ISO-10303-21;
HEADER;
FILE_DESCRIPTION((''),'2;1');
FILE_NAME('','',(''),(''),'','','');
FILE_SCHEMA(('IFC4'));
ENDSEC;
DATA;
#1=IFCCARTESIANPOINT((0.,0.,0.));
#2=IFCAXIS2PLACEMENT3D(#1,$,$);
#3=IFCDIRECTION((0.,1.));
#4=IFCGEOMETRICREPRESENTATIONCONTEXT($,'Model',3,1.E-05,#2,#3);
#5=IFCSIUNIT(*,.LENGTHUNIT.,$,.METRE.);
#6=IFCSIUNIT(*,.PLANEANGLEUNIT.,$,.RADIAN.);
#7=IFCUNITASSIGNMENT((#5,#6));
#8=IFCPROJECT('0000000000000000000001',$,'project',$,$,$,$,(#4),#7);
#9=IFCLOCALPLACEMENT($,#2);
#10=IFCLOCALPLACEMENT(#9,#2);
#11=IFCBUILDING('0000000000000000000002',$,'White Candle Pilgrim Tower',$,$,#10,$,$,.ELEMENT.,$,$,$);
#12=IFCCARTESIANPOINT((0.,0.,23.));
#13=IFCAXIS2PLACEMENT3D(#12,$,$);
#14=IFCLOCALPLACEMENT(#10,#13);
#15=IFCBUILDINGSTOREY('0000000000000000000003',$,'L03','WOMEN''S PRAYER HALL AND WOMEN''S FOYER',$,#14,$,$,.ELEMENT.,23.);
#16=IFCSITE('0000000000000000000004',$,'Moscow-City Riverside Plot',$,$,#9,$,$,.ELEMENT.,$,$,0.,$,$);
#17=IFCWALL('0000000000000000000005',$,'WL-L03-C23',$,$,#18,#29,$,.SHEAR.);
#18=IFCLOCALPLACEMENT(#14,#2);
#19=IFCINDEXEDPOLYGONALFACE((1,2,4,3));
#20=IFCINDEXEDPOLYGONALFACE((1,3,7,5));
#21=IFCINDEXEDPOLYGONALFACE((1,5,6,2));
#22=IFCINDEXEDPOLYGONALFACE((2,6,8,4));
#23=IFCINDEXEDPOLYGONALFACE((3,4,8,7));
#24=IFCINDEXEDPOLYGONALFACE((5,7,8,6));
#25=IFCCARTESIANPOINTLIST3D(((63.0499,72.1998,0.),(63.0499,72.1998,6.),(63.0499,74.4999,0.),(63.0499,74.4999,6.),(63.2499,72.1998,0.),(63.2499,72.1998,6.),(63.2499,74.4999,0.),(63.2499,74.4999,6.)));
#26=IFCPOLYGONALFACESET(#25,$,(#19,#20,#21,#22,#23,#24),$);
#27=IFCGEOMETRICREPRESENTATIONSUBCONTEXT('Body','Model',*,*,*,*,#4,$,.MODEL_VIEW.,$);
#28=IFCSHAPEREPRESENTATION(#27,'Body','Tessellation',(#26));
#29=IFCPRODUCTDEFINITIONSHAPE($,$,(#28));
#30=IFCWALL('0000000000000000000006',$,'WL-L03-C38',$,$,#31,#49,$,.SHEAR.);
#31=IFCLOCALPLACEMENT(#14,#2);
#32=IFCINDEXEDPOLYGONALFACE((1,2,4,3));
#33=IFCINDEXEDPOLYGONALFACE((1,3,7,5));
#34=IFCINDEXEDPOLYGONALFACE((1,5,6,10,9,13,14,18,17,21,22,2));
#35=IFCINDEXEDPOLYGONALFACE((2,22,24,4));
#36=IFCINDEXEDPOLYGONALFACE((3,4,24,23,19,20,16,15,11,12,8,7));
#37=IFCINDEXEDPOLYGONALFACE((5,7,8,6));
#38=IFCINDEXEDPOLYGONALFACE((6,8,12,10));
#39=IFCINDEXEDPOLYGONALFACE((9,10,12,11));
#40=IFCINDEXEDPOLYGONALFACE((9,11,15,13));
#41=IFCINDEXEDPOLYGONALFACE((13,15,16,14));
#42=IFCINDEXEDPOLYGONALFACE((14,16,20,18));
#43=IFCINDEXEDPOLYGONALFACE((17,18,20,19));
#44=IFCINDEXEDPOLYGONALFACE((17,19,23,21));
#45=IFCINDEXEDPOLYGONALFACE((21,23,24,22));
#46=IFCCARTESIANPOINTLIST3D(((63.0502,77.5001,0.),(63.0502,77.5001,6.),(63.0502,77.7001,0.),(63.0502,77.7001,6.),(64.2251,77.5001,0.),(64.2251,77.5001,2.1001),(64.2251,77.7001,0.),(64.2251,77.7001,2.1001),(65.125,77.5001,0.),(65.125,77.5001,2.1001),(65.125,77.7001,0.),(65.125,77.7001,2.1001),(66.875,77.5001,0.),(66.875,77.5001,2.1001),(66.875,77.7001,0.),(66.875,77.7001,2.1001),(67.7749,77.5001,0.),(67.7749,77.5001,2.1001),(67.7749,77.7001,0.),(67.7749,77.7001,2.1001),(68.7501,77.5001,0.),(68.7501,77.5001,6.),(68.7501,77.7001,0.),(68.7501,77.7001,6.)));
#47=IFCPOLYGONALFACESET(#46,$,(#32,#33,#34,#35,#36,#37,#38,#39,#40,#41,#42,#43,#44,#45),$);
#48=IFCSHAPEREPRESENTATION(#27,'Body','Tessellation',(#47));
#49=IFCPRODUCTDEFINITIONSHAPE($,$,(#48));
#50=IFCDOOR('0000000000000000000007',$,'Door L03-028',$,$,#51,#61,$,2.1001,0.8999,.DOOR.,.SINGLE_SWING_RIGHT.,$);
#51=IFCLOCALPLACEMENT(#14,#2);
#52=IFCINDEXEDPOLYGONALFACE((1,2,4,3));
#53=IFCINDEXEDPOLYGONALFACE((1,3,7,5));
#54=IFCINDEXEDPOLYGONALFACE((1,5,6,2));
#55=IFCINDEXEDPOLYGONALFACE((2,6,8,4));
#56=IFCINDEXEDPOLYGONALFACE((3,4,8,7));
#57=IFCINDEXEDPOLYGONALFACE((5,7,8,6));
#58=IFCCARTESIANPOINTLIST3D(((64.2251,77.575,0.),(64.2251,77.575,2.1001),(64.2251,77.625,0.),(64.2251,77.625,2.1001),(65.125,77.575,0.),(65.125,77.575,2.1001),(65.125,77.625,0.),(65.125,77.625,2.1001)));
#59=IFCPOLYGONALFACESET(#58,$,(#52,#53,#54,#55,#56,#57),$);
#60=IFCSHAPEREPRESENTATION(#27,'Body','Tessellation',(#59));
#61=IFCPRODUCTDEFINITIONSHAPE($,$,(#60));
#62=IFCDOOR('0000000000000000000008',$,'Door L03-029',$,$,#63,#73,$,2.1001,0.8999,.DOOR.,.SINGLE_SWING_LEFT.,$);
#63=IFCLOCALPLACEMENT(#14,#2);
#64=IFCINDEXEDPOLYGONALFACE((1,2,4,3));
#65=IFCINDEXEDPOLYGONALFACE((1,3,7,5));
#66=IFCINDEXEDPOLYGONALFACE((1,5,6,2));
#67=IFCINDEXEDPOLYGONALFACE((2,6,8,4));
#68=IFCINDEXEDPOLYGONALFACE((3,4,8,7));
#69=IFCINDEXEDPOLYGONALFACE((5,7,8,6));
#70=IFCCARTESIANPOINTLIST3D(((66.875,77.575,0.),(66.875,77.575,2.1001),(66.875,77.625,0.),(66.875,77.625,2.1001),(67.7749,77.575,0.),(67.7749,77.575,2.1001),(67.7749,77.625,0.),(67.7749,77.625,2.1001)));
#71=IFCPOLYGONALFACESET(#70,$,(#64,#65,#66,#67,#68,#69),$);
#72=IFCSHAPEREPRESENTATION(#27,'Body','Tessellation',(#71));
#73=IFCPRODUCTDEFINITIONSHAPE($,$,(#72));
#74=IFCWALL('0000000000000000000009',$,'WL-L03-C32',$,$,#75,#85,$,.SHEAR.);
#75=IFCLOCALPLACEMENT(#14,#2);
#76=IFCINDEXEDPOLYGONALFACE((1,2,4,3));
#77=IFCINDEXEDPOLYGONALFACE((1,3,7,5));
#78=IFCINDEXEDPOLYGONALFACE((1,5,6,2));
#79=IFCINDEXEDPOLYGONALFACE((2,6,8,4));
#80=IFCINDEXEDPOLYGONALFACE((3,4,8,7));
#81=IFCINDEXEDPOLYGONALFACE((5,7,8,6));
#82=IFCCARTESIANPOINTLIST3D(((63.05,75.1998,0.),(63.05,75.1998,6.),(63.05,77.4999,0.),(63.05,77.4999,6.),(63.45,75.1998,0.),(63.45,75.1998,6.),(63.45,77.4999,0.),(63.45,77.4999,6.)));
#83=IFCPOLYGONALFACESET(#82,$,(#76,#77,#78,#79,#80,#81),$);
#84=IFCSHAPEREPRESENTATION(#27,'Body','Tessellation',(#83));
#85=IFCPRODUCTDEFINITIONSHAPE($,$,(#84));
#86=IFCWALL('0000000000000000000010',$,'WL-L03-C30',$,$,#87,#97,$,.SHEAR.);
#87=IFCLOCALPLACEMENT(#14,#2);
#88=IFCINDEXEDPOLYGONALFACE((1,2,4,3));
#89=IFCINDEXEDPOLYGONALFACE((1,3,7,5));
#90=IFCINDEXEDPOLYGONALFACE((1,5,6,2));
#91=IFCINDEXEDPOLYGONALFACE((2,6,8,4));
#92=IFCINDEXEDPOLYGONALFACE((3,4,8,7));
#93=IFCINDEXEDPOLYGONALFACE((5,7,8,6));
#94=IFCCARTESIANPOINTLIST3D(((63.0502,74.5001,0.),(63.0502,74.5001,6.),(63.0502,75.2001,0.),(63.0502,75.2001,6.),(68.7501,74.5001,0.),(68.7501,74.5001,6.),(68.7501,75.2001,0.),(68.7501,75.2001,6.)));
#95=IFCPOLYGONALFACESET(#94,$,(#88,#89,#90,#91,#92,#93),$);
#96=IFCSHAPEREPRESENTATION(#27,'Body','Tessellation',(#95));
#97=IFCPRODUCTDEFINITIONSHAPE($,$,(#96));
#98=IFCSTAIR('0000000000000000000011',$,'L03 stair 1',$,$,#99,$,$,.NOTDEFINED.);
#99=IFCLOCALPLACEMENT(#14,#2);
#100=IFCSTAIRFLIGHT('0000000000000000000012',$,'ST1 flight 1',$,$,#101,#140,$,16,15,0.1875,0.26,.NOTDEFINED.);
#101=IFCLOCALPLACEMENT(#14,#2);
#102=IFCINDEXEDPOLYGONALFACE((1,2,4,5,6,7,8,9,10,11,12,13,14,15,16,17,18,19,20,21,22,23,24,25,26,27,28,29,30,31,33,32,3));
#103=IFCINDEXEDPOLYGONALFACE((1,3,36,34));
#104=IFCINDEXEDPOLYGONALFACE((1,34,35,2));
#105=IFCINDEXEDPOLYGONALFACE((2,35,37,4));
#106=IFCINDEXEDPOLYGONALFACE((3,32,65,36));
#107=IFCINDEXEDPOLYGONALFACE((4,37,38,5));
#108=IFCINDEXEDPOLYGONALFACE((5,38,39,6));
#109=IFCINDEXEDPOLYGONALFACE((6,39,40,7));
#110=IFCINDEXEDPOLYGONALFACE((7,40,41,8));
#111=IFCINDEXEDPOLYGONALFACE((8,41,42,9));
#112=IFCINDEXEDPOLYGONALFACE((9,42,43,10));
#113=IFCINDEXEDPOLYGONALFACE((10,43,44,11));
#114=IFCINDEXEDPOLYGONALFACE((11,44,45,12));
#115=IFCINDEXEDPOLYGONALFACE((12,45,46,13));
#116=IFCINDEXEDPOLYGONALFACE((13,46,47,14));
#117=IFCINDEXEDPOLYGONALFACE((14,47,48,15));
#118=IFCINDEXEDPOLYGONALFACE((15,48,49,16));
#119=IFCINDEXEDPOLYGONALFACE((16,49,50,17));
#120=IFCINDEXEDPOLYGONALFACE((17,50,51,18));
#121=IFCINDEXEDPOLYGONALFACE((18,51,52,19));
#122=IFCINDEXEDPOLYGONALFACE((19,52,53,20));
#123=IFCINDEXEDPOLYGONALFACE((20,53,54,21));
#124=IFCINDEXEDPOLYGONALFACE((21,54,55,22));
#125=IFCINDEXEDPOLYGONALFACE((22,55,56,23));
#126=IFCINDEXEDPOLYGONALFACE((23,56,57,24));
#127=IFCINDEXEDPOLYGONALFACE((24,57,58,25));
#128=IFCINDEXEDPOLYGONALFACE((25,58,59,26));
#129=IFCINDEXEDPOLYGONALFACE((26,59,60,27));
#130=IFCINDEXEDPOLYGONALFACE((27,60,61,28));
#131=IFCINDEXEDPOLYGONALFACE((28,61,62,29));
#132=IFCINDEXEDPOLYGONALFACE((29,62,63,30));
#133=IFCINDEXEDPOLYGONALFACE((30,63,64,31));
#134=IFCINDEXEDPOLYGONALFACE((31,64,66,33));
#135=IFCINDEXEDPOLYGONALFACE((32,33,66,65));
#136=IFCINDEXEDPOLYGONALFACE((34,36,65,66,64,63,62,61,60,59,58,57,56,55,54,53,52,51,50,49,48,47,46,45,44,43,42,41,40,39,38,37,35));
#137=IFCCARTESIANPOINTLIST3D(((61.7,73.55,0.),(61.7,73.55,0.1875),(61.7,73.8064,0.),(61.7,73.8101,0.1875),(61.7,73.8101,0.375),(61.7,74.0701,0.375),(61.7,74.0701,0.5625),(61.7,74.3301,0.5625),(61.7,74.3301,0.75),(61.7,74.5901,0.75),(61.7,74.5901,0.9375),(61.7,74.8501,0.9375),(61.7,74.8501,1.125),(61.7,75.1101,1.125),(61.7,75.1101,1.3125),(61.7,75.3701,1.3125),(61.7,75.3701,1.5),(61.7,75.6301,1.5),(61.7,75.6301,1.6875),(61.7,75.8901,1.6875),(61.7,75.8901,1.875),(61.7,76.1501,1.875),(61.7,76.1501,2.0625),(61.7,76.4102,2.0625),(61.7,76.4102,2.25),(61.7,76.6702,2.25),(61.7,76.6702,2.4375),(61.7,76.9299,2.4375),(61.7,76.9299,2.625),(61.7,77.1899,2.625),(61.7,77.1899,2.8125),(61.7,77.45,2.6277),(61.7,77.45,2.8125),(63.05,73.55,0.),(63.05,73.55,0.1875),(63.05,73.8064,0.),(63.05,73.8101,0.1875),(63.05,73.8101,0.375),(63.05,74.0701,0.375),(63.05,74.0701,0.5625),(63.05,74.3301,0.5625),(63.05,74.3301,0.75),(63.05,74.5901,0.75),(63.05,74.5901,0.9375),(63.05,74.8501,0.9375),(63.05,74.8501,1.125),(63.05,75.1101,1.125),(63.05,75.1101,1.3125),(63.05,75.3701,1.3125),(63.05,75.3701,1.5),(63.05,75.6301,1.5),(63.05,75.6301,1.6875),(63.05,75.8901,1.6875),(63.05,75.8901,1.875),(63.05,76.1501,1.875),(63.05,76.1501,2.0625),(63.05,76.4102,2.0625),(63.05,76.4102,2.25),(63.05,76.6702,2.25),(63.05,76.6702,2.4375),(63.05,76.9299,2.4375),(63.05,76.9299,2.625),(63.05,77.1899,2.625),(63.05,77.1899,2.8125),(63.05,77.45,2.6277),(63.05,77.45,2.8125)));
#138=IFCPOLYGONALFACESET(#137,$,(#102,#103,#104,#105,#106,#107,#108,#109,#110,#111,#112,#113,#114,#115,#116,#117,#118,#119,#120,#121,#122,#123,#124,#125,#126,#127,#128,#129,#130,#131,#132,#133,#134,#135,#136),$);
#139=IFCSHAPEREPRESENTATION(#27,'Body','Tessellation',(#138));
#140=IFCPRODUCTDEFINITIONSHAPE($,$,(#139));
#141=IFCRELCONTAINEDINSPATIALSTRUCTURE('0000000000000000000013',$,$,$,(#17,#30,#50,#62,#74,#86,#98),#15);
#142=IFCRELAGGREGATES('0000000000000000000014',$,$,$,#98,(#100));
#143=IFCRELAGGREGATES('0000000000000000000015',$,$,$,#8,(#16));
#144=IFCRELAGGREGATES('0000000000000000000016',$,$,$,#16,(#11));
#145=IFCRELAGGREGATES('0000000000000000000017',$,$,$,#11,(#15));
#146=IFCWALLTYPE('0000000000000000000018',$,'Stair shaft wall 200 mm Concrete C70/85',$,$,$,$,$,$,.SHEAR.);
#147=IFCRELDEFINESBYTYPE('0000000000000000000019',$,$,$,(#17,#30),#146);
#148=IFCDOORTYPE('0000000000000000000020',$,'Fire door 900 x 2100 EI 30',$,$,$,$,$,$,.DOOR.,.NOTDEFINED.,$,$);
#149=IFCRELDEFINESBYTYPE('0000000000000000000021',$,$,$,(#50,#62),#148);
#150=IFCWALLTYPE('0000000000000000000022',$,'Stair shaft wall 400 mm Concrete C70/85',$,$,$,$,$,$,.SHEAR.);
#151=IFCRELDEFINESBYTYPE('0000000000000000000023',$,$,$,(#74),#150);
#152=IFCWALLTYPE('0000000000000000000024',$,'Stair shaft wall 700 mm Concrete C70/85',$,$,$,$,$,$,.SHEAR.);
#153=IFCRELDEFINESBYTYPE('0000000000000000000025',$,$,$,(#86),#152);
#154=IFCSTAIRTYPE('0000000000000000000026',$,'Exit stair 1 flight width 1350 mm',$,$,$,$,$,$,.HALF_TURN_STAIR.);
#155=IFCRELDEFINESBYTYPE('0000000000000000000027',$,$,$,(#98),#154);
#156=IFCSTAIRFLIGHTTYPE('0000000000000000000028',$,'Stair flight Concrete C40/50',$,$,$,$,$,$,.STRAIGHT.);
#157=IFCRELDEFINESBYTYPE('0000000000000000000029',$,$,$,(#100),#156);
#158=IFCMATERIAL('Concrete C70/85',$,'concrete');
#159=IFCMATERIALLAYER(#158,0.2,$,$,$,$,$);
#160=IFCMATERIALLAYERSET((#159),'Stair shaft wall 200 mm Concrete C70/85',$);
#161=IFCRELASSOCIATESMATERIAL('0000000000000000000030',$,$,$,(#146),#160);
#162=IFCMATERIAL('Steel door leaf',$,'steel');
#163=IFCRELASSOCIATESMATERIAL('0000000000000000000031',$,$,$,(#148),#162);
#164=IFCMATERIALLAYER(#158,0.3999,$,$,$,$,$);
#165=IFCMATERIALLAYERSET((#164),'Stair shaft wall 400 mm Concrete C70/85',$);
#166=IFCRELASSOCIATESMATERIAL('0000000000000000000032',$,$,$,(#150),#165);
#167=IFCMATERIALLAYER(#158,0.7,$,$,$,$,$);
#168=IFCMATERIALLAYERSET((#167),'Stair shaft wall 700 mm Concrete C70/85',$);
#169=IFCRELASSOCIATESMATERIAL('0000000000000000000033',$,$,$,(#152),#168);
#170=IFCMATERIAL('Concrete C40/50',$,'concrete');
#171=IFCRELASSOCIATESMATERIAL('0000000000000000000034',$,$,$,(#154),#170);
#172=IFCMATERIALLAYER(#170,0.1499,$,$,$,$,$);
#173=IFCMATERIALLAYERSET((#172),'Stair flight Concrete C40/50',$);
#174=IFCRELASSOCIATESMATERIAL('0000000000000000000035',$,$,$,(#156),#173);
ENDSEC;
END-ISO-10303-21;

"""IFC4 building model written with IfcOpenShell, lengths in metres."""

from ifc_helpers import new_model, si_unit, direction, frame, frame_2d, origin, place, context, subcontext, project, spatial, polyline, rectangle, outline, extrude, material, layer, layer_set, type_object, element, fill, aggregate, save


model = new_model("IFC4")

# Units and contexts
model_context = context("Model", 3, precision=1e-05, world=origin(), true_north=direction((0.0, 1.0)))
body_context = subcontext(model_context, "Body", "Model", "MODEL_VIEW")
ifc_project = project(units=[si_unit("LENGTHUNIT", "METRE"), si_unit("PLANEANGLEUNIT", "RADIAN")], contexts=[model_context])

# Site, building, storey
site_placement = place(None, origin())
site = spatial("IfcSite", under=ifc_project, at=site_placement, Name="Moscow-City Riverside Plot", CompositionType="ELEMENT", RefElevation=0.0)
building_placement = place(site_placement, origin())
building = spatial("IfcBuilding", under=site, at=building_placement, Name="White Candle Pilgrim Tower", CompositionType="ELEMENT")
storey_placement = place(building_placement, frame((0.0, 0.0, 23.0)))
storey = spatial("IfcBuildingStorey", under=building, at=storey_placement, Name="L03", Description="WOMEN'S PRAYER HALL AND WOMEN'S FOYER", CompositionType="ELEMENT", Elevation=23.0)

# Shared definitions
ifc_material_1 = material(Name="Concrete C70/85", Category="concrete")

# Shared definitions
ifc_material_2 = material(Name="Steel door leaf", Category="steel")

# Wall
ifc_layer_1 = layer(ifc_material_1, 0.2)
ifc_layer_set_1 = layer_set([ifc_layer_1], Name="Stair shaft wall 200 mm Concrete C70/85")
wall_type_1 = type_object("IfcWallType", Name="Stair shaft wall 200 mm Concrete C70/85", PredefinedType="SHEAR", material=ifc_layer_set_1)
wall_1_placement = place(storey_placement, frame((63.1499, 72.2, 0.0), z_axis=(0.0, 0.0, 1.0), x_axis=(0.0, 1.0, 0.0)))
element("IfcWall", 1, at=wall_1_placement, inside=storey, type_object=wall_type_1, Name="WL-L03-C23", PredefinedType="SHEAR", context=body_context, shape_type="SweptSolid", body=[
    extrude(rectangle(XDim=2.3, YDim=0.2, at=frame_2d((1.1499, 0.0))), origin(), (0.0, 0.0, 1.0), 6.0),
])

# Wall, openings, doors
wall_2_placement = place(storey_placement, frame((63.05, 77.6001, 0.0), z_axis=(0.0, 0.0, 1.0), x_axis=(1.0, 0.0, 0.0)))
wall_2 = element("IfcWall", 2, at=wall_2_placement, inside=storey, type_object=wall_type_1, Name="WL-L03-C38", PredefinedType="SHEAR", context=body_context, shape_type="SweptSolid", body=[
    extrude(rectangle(XDim=5.7, YDim=0.2, at=frame_2d((2.8501, 0.0))), origin(), (0.0, 0.0, 1.0), 6.0),
])
opening_1_placement = place(wall_2_placement, frame((1.175, 0.0, 0.0)))
opening_1 = element("IfcOpeningElement", 3, at=opening_1_placement, cuts=wall_2, PredefinedType="OPENING", context=body_context, shape_type="SweptSolid", body=[
    extrude(rectangle(XDim=0.8999, YDim=2.1001, at=frame_2d((0.45, 1.05))), frame((0.0, 0.1099, 0.0), z_axis=(0.0, -1.0, 0.0), x_axis=(1.0, 0.0, 0.0)), (0.0, 0.0, 1.0), 0.22),
])
opening_2_placement = place(wall_2_placement, frame((3.825, 0.0, 0.0)))
opening_2 = element("IfcOpeningElement", 4, at=opening_2_placement, cuts=wall_2, PredefinedType="OPENING", context=body_context, shape_type="SweptSolid", body=[
    extrude(rectangle(XDim=0.8999, YDim=2.1001, at=frame_2d((0.45, 1.05))), frame((0.0, 0.1099, 0.0), z_axis=(0.0, -1.0, 0.0), x_axis=(1.0, 0.0, 0.0)), (0.0, 0.0, 1.0), 0.22),
])
door_type_1 = type_object("IfcDoorType", Name="Fire door 900 x 2100 EI 30", OperationType="NOTDEFINED", PredefinedType="DOOR", material=ifc_material_2)
door_1_placement = place(opening_1_placement, origin())
door_1 = element("IfcDoor", 5, at=door_1_placement, inside=storey, type_object=door_type_1, Name="Door L03-028", OperationType="SINGLE_SWING_RIGHT", OverallHeight=2.1001, OverallWidth=0.8999, PredefinedType="DOOR", context=body_context, shape_type="SweptSolid", body=[
    extrude(rectangle(XDim=0.8999, YDim=2.1001, at=frame_2d((0.45, 1.05))), frame((0.0, 0.0249, 0.0), z_axis=(0.0, -1.0, 0.0), x_axis=(1.0, 0.0, 0.0)), (0.0, 0.0, 1.0), 0.05),
])
fill(opening_1, door_1)
door_2_placement = place(opening_2_placement, origin())
door_2 = element("IfcDoor", 6, at=door_2_placement, inside=storey, type_object=door_type_1, Name="Door L03-029", OperationType="SINGLE_SWING_LEFT", OverallHeight=2.1001, OverallWidth=0.8999, PredefinedType="DOOR", context=body_context, shape_type="SweptSolid", body=[
    extrude(rectangle(XDim=0.8999, YDim=2.1001, at=frame_2d((0.45, 1.05))), frame((0.0, 0.0249, 0.0), z_axis=(0.0, -1.0, 0.0), x_axis=(1.0, 0.0, 0.0)), (0.0, 0.0, 1.0), 0.05),
])
fill(opening_2, door_2)

# Walls
ifc_layer_2 = layer(ifc_material_1, 0.3999)
ifc_layer_set_2 = layer_set([ifc_layer_2], Name="Stair shaft wall 400 mm Concrete C70/85")
wall_type_2 = type_object("IfcWallType", Name="Stair shaft wall 400 mm Concrete C70/85", PredefinedType="SHEAR", material=ifc_layer_set_2)
wall_3_placement = place(storey_placement, frame((63.25, 75.2, 0.0), z_axis=(0.0, 0.0, 1.0), x_axis=(0.0, 1.0, 0.0)))
element("IfcWall", 7, at=wall_3_placement, inside=storey, type_object=wall_type_2, Name="WL-L03-C32", PredefinedType="SHEAR", context=body_context, shape_type="SweptSolid", body=[
    extrude(rectangle(XDim=2.3, YDim=0.3999, at=frame_2d((1.1499, 0.0))), origin(), (0.0, 0.0, 1.0), 6.0),
])
ifc_layer_3 = layer(ifc_material_1, 0.7)
ifc_layer_set_3 = layer_set([ifc_layer_3], Name="Stair shaft wall 700 mm Concrete C70/85")
wall_type_3 = type_object("IfcWallType", Name="Stair shaft wall 700 mm Concrete C70/85", PredefinedType="SHEAR", material=ifc_layer_set_3)
wall_4_placement = place(storey_placement, frame((63.05, 74.8501, 0.0), z_axis=(0.0, 0.0, 1.0), x_axis=(1.0, 0.0, 0.0)))
element("IfcWall", 8, at=wall_4_placement, inside=storey, type_object=wall_type_3, Name="WL-L03-C30", PredefinedType="SHEAR", context=body_context, shape_type="SweptSolid", body=[
    extrude(rectangle(XDim=5.7, YDim=0.7, at=frame_2d((2.8501, 0.0))), origin(), (0.0, 0.0, 1.0), 6.0),
])

# Stair, stair flight
ifc_material_3 = material(Name="Concrete C40/50", Category="concrete")
stair_type = type_object("IfcStairType", Name="Exit stair 1 flight width 1350 mm", PredefinedType="HALF_TURN_STAIR", material=ifc_material_3)
stair_placement = place(storey_placement, origin())
stair = element("IfcStair", 9, at=stair_placement, inside=storey, type_object=stair_type, Name="L03 stair 1", PredefinedType="NOTDEFINED")
ifc_layer_4 = layer(ifc_material_3, 0.1499)
ifc_layer_set_4 = layer_set([ifc_layer_4], Name="Stair flight Concrete C40/50")
stair_flight_type = type_object("IfcStairFlightType", Name="Stair flight Concrete C40/50", PredefinedType="STRAIGHT", material=ifc_layer_set_4)
stair_flight_1_placement = place(storey_placement, frame((62.375, 73.55, 0.0), z_axis=(0.0, 0.0, 1.0), x_axis=(0.0, 1.0, 0.0)))
stair_flight_1 = element("IfcStairFlight", 10, at=stair_flight_1_placement, type_object=stair_flight_type, Name="ST1 flight 1", NumberOfRisers=16, NumberOfTreads=15, PredefinedType="NOTDEFINED", RiserHeight=0.1875, TreadLength=0.26, context=body_context, shape_type="SweptSolid", body=[
    extrude(outline(polyline([(0.0, 0.0), (0.0, 0.1875), (0.26, 0.1875), (0.26, 0.375), (0.52, 0.375), (0.52, 0.5625), (0.78, 0.5625), (0.78, 0.75), (1.04, 0.75), (1.04, 0.9375), (1.3, 0.9375), (1.3, 1.125), (1.5601, 1.125), (1.5601, 1.3125), (1.8201, 1.3125), (1.8201, 1.5), (2.0801, 1.5), (2.0801, 1.6875), (2.3401, 1.6875), (2.3401, 1.875), (2.6001, 1.875), (2.6001, 2.0625), (2.8601, 2.0625), (2.8601, 2.25), (3.1201, 2.25), (3.1201, 2.4375), (3.3799, 2.4375), (3.3799, 2.625), (3.6399, 2.625), (3.6399, 2.8125), (3.8999, 2.8125), (3.8999, 3.0), (3.8999, 2.6277), (0.2563, 0.0), (0.0, 0.0)])), frame((0.0, 0.675, 0.0), z_axis=(0.0, -1.0, 0.0), x_axis=(1.0, 0.0, 0.0)), (0.0, 0.0, 1.0), 1.3501),
])
aggregate(stair, [stair_flight_1])

save(model, "model.ifc")
